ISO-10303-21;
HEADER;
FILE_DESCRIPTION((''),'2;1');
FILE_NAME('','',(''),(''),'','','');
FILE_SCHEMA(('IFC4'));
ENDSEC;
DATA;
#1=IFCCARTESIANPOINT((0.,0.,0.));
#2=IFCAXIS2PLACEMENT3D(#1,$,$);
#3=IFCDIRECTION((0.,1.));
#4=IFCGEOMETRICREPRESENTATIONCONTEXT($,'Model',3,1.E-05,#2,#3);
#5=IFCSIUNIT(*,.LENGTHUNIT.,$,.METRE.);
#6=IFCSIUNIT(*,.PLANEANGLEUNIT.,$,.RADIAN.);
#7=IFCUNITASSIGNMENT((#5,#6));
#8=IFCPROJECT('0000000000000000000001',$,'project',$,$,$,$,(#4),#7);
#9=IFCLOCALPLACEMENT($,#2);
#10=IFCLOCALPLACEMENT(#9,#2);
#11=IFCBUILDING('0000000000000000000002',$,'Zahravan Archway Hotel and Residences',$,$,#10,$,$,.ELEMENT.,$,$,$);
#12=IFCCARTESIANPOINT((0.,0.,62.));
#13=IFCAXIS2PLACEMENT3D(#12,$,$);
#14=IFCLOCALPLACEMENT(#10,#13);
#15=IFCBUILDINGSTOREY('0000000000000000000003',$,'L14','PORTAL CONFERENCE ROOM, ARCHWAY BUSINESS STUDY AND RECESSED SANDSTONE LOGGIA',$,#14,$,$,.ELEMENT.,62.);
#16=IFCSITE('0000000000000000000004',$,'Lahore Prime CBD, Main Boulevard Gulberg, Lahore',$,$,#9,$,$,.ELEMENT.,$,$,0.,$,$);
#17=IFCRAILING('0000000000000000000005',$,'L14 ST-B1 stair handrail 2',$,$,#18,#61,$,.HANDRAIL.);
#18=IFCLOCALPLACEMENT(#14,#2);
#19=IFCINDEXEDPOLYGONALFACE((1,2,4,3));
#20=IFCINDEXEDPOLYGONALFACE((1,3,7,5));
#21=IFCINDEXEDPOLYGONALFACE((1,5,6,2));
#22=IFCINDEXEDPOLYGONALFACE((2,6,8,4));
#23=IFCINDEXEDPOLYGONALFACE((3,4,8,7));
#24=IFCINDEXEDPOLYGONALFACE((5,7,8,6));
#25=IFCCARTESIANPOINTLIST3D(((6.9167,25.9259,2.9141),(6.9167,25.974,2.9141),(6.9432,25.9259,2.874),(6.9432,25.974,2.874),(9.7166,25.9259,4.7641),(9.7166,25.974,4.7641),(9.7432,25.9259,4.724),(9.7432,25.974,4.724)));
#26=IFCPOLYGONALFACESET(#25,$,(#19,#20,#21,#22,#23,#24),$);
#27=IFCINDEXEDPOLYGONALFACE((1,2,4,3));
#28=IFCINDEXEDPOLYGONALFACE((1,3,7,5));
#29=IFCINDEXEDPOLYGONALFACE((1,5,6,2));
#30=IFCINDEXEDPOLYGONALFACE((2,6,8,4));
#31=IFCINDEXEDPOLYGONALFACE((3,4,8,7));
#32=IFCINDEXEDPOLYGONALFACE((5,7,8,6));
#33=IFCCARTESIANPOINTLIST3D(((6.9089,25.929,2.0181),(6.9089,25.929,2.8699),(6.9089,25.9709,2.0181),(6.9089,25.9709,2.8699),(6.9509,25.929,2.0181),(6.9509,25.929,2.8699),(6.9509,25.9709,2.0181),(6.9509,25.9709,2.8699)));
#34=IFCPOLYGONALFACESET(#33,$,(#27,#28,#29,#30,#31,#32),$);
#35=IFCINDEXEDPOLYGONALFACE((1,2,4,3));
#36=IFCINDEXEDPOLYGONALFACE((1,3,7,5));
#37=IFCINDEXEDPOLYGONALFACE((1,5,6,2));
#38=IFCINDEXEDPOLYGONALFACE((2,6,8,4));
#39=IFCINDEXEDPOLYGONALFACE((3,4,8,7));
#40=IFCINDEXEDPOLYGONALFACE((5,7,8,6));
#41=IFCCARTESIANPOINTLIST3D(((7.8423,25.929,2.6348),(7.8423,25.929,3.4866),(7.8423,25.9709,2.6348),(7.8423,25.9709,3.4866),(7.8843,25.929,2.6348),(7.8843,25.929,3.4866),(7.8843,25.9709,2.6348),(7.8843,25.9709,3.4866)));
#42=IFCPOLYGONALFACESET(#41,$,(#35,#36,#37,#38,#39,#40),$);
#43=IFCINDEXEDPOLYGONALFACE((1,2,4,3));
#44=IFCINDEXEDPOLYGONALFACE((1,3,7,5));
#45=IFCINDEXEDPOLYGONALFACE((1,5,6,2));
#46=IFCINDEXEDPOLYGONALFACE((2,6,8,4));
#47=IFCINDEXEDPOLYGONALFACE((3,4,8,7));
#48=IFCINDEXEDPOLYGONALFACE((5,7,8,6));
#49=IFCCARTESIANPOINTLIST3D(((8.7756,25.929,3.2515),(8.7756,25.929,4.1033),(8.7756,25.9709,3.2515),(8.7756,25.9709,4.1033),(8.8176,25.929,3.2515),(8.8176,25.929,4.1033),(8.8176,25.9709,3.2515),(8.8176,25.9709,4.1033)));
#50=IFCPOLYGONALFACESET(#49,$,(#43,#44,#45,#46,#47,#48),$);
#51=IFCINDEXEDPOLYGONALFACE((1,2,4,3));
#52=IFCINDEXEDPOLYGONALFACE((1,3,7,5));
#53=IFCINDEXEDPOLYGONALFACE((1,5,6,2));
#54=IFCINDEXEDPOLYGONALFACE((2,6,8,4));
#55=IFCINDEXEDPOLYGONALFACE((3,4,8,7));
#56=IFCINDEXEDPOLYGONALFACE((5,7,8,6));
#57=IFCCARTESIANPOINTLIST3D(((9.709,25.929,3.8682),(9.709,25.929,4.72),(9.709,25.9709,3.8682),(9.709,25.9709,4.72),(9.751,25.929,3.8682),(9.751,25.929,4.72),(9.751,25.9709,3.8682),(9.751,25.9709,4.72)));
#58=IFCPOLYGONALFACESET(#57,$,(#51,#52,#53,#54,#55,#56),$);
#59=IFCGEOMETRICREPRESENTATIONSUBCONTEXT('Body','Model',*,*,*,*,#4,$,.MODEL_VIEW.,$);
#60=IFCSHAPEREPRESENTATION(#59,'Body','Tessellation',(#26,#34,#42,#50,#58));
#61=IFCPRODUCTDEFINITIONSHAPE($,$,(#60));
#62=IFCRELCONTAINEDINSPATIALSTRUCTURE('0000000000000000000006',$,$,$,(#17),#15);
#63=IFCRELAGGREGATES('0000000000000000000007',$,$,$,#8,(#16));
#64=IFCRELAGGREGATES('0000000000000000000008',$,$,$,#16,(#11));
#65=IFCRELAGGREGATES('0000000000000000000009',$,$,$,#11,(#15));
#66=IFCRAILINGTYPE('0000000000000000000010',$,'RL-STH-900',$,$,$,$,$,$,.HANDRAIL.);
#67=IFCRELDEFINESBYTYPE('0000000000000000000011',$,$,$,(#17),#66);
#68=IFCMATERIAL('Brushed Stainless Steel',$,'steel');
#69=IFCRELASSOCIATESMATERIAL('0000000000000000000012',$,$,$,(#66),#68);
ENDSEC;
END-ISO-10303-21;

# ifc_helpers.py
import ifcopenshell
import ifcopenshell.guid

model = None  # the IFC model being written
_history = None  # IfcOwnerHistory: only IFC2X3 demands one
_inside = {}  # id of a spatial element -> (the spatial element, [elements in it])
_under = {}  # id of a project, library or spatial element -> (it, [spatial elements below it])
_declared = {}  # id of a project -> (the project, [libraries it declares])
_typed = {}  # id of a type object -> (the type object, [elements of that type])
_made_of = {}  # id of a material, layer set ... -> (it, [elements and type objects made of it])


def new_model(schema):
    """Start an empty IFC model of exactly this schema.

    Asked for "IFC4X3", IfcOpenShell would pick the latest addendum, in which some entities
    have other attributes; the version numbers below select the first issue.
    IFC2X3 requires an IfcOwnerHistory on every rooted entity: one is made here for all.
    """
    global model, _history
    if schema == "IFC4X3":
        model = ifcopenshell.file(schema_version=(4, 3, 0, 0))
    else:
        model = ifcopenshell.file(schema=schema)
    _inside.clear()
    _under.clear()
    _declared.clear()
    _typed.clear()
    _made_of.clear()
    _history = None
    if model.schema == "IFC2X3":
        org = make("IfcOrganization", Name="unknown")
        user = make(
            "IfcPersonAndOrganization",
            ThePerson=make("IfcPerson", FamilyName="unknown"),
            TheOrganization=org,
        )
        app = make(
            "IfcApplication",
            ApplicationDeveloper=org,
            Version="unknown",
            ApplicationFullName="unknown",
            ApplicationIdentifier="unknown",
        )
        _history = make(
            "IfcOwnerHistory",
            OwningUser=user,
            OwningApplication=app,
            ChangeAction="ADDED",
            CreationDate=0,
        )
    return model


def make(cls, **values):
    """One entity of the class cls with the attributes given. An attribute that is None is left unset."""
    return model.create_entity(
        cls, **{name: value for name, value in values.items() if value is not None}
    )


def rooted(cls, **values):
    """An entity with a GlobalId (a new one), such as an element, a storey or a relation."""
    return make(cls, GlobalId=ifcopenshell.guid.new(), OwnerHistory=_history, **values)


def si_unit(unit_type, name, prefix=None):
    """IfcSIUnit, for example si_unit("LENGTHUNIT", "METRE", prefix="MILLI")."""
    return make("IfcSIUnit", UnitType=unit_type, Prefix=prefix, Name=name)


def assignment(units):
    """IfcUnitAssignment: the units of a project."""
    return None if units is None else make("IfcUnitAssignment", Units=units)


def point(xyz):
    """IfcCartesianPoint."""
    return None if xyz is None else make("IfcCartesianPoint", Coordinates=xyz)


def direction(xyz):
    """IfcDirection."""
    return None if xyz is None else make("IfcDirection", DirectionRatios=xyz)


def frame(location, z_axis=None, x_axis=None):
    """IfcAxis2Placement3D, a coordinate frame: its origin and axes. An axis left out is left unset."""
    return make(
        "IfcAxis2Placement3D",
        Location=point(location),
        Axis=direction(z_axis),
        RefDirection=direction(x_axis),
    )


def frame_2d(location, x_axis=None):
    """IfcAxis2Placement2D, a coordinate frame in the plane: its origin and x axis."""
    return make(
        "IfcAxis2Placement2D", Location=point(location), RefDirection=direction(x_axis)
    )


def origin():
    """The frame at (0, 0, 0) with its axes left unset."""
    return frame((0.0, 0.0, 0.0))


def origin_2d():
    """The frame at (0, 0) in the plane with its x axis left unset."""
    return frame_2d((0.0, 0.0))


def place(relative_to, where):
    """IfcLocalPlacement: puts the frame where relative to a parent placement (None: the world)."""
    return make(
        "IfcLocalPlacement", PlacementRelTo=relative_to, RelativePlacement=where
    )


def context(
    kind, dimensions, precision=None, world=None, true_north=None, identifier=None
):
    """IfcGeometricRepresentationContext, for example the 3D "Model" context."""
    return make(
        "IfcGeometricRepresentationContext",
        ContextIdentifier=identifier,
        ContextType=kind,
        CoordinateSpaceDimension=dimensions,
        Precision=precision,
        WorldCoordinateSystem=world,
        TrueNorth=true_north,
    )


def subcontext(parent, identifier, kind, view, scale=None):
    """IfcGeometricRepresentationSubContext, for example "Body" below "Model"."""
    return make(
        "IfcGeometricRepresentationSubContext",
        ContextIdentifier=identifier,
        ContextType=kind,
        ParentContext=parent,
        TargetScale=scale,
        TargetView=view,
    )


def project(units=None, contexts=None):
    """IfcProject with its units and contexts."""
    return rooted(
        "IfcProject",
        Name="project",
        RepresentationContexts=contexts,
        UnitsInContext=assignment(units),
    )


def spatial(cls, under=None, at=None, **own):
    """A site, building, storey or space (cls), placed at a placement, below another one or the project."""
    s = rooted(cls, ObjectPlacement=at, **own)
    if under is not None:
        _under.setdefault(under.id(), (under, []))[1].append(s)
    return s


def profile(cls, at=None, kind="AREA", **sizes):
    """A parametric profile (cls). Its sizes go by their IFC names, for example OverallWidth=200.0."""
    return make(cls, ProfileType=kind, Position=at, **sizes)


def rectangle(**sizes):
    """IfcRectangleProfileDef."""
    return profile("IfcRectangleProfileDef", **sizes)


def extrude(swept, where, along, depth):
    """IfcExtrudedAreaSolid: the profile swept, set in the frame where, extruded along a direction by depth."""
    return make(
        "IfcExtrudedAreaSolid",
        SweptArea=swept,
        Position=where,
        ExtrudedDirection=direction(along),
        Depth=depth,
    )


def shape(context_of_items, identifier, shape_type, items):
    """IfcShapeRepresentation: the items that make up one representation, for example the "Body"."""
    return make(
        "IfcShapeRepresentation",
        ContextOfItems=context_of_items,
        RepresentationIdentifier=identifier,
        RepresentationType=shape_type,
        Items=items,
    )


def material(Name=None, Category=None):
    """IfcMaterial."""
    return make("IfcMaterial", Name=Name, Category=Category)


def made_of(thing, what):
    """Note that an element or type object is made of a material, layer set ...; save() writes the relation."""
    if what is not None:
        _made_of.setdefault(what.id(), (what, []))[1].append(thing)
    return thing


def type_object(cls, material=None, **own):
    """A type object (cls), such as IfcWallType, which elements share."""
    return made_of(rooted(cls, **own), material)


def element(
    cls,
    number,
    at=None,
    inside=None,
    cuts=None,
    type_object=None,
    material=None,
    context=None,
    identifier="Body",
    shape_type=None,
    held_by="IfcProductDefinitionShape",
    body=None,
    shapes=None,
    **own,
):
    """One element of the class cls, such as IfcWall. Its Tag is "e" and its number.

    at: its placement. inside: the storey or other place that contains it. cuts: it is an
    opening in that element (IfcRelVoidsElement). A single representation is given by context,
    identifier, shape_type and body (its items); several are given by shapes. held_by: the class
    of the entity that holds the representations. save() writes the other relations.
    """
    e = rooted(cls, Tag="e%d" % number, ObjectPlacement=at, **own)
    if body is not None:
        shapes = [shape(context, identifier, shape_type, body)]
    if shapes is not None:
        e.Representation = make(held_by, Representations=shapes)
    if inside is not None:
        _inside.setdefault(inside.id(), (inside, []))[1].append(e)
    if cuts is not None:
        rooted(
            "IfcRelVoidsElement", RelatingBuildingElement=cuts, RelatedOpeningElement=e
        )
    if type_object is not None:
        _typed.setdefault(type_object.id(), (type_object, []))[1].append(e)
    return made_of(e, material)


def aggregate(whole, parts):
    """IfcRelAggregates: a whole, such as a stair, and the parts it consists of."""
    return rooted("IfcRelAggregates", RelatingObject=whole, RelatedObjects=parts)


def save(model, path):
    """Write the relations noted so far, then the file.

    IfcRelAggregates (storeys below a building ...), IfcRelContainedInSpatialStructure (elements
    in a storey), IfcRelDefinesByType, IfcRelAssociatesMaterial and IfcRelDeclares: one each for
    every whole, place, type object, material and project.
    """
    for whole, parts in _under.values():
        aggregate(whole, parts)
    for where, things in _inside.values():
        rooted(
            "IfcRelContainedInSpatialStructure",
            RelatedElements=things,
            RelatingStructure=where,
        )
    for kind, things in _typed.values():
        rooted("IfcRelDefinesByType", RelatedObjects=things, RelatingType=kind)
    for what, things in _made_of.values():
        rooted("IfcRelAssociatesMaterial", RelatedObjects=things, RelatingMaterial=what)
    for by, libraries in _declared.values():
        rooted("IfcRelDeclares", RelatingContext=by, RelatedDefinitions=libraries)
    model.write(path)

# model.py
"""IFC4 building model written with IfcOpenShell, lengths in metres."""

from ifc_helpers import new_model, si_unit, direction, frame, origin, origin_2d, place, context, subcontext, project, spatial, rectangle, extrude, material, type_object, element, save


model = new_model("IFC4")

# Units and contexts
model_context = context("Model", 3, precision=1e-05, world=origin(), true_north=direction((0.0, 1.0)))
body_context = subcontext(model_context, "Body", "Model", "MODEL_VIEW")
ifc_project = project(units=[si_unit("LENGTHUNIT", "METRE"), si_unit("PLANEANGLEUNIT", "RADIAN")], contexts=[model_context])

# Site, building, storey
site_placement = place(None, origin())
site = spatial("IfcSite", under=ifc_project, at=site_placement, Name="Lahore Prime CBD, Main Boulevard Gulberg, Lahore", CompositionType="ELEMENT", RefElevation=0.0)
building_placement = place(site_placement, origin())
building = spatial("IfcBuilding", under=site, at=building_placement, Name="Zahravan Archway Hotel and Residences", CompositionType="ELEMENT")
storey_placement = place(building_placement, frame((0.0, 0.0, 62.0)))
storey = spatial("IfcBuildingStorey", under=building, at=storey_placement, Name="L14", Description="PORTAL CONFERENCE ROOM, ARCHWAY BUSINESS STUDY AND RECESSED SANDSTONE LOGGIA", CompositionType="ELEMENT", Elevation=62.0)

# Shared definitions
ifc_material_1 = material(Name="Brushed Stainless Steel", Category="steel")

# Railing
railing_type_1 = type_object("IfcRailingType", Name="RL-STH-900", PredefinedType="HANDRAIL", material=ifc_material_1)
railing_1_placement = place(storey_placement, frame((6.9299, 25.95, 2.0181)))
element("IfcRailing", 1, at=railing_1_placement, inside=storey, type_object=railing_type_1, Name="L14 ST-B1 stair handrail 2", PredefinedType="HANDRAIL", context=body_context, shape_type="SweptSolid", body=[
    extrude(rectangle(XDim=0.0481, YDim=0.0481, at=origin_2d()), frame((0.0, 0.0, 0.876), z_axis=(0.834326, 0.0, 0.551271), x_axis=(0.0, 1.0, 0.0)), (0.0, 0.0, 1.0), 3.356),
    extrude(rectangle(XDim=0.042, YDim=0.042, at=origin_2d()), origin(), (0.0, 0.0, 1.0), 0.8518),
    extrude(rectangle(XDim=0.042, YDim=0.042, at=origin_2d()), frame((0.9333, 0.0, 0.6167)), (0.0, 0.0, 1.0), 0.8518),
    extrude(rectangle(XDim=0.042, YDim=0.042, at=origin_2d()), frame((1.8667, 0.0, 1.2334)), (0.0, 0.0, 1.0), 0.8518),
    extrude(rectangle(XDim=0.042, YDim=0.042, at=origin_2d()), frame((2.8, 0.0, 1.8501)), (0.0, 0.0, 1.0), 0.8518),
])

save(model, "model.ifc")
